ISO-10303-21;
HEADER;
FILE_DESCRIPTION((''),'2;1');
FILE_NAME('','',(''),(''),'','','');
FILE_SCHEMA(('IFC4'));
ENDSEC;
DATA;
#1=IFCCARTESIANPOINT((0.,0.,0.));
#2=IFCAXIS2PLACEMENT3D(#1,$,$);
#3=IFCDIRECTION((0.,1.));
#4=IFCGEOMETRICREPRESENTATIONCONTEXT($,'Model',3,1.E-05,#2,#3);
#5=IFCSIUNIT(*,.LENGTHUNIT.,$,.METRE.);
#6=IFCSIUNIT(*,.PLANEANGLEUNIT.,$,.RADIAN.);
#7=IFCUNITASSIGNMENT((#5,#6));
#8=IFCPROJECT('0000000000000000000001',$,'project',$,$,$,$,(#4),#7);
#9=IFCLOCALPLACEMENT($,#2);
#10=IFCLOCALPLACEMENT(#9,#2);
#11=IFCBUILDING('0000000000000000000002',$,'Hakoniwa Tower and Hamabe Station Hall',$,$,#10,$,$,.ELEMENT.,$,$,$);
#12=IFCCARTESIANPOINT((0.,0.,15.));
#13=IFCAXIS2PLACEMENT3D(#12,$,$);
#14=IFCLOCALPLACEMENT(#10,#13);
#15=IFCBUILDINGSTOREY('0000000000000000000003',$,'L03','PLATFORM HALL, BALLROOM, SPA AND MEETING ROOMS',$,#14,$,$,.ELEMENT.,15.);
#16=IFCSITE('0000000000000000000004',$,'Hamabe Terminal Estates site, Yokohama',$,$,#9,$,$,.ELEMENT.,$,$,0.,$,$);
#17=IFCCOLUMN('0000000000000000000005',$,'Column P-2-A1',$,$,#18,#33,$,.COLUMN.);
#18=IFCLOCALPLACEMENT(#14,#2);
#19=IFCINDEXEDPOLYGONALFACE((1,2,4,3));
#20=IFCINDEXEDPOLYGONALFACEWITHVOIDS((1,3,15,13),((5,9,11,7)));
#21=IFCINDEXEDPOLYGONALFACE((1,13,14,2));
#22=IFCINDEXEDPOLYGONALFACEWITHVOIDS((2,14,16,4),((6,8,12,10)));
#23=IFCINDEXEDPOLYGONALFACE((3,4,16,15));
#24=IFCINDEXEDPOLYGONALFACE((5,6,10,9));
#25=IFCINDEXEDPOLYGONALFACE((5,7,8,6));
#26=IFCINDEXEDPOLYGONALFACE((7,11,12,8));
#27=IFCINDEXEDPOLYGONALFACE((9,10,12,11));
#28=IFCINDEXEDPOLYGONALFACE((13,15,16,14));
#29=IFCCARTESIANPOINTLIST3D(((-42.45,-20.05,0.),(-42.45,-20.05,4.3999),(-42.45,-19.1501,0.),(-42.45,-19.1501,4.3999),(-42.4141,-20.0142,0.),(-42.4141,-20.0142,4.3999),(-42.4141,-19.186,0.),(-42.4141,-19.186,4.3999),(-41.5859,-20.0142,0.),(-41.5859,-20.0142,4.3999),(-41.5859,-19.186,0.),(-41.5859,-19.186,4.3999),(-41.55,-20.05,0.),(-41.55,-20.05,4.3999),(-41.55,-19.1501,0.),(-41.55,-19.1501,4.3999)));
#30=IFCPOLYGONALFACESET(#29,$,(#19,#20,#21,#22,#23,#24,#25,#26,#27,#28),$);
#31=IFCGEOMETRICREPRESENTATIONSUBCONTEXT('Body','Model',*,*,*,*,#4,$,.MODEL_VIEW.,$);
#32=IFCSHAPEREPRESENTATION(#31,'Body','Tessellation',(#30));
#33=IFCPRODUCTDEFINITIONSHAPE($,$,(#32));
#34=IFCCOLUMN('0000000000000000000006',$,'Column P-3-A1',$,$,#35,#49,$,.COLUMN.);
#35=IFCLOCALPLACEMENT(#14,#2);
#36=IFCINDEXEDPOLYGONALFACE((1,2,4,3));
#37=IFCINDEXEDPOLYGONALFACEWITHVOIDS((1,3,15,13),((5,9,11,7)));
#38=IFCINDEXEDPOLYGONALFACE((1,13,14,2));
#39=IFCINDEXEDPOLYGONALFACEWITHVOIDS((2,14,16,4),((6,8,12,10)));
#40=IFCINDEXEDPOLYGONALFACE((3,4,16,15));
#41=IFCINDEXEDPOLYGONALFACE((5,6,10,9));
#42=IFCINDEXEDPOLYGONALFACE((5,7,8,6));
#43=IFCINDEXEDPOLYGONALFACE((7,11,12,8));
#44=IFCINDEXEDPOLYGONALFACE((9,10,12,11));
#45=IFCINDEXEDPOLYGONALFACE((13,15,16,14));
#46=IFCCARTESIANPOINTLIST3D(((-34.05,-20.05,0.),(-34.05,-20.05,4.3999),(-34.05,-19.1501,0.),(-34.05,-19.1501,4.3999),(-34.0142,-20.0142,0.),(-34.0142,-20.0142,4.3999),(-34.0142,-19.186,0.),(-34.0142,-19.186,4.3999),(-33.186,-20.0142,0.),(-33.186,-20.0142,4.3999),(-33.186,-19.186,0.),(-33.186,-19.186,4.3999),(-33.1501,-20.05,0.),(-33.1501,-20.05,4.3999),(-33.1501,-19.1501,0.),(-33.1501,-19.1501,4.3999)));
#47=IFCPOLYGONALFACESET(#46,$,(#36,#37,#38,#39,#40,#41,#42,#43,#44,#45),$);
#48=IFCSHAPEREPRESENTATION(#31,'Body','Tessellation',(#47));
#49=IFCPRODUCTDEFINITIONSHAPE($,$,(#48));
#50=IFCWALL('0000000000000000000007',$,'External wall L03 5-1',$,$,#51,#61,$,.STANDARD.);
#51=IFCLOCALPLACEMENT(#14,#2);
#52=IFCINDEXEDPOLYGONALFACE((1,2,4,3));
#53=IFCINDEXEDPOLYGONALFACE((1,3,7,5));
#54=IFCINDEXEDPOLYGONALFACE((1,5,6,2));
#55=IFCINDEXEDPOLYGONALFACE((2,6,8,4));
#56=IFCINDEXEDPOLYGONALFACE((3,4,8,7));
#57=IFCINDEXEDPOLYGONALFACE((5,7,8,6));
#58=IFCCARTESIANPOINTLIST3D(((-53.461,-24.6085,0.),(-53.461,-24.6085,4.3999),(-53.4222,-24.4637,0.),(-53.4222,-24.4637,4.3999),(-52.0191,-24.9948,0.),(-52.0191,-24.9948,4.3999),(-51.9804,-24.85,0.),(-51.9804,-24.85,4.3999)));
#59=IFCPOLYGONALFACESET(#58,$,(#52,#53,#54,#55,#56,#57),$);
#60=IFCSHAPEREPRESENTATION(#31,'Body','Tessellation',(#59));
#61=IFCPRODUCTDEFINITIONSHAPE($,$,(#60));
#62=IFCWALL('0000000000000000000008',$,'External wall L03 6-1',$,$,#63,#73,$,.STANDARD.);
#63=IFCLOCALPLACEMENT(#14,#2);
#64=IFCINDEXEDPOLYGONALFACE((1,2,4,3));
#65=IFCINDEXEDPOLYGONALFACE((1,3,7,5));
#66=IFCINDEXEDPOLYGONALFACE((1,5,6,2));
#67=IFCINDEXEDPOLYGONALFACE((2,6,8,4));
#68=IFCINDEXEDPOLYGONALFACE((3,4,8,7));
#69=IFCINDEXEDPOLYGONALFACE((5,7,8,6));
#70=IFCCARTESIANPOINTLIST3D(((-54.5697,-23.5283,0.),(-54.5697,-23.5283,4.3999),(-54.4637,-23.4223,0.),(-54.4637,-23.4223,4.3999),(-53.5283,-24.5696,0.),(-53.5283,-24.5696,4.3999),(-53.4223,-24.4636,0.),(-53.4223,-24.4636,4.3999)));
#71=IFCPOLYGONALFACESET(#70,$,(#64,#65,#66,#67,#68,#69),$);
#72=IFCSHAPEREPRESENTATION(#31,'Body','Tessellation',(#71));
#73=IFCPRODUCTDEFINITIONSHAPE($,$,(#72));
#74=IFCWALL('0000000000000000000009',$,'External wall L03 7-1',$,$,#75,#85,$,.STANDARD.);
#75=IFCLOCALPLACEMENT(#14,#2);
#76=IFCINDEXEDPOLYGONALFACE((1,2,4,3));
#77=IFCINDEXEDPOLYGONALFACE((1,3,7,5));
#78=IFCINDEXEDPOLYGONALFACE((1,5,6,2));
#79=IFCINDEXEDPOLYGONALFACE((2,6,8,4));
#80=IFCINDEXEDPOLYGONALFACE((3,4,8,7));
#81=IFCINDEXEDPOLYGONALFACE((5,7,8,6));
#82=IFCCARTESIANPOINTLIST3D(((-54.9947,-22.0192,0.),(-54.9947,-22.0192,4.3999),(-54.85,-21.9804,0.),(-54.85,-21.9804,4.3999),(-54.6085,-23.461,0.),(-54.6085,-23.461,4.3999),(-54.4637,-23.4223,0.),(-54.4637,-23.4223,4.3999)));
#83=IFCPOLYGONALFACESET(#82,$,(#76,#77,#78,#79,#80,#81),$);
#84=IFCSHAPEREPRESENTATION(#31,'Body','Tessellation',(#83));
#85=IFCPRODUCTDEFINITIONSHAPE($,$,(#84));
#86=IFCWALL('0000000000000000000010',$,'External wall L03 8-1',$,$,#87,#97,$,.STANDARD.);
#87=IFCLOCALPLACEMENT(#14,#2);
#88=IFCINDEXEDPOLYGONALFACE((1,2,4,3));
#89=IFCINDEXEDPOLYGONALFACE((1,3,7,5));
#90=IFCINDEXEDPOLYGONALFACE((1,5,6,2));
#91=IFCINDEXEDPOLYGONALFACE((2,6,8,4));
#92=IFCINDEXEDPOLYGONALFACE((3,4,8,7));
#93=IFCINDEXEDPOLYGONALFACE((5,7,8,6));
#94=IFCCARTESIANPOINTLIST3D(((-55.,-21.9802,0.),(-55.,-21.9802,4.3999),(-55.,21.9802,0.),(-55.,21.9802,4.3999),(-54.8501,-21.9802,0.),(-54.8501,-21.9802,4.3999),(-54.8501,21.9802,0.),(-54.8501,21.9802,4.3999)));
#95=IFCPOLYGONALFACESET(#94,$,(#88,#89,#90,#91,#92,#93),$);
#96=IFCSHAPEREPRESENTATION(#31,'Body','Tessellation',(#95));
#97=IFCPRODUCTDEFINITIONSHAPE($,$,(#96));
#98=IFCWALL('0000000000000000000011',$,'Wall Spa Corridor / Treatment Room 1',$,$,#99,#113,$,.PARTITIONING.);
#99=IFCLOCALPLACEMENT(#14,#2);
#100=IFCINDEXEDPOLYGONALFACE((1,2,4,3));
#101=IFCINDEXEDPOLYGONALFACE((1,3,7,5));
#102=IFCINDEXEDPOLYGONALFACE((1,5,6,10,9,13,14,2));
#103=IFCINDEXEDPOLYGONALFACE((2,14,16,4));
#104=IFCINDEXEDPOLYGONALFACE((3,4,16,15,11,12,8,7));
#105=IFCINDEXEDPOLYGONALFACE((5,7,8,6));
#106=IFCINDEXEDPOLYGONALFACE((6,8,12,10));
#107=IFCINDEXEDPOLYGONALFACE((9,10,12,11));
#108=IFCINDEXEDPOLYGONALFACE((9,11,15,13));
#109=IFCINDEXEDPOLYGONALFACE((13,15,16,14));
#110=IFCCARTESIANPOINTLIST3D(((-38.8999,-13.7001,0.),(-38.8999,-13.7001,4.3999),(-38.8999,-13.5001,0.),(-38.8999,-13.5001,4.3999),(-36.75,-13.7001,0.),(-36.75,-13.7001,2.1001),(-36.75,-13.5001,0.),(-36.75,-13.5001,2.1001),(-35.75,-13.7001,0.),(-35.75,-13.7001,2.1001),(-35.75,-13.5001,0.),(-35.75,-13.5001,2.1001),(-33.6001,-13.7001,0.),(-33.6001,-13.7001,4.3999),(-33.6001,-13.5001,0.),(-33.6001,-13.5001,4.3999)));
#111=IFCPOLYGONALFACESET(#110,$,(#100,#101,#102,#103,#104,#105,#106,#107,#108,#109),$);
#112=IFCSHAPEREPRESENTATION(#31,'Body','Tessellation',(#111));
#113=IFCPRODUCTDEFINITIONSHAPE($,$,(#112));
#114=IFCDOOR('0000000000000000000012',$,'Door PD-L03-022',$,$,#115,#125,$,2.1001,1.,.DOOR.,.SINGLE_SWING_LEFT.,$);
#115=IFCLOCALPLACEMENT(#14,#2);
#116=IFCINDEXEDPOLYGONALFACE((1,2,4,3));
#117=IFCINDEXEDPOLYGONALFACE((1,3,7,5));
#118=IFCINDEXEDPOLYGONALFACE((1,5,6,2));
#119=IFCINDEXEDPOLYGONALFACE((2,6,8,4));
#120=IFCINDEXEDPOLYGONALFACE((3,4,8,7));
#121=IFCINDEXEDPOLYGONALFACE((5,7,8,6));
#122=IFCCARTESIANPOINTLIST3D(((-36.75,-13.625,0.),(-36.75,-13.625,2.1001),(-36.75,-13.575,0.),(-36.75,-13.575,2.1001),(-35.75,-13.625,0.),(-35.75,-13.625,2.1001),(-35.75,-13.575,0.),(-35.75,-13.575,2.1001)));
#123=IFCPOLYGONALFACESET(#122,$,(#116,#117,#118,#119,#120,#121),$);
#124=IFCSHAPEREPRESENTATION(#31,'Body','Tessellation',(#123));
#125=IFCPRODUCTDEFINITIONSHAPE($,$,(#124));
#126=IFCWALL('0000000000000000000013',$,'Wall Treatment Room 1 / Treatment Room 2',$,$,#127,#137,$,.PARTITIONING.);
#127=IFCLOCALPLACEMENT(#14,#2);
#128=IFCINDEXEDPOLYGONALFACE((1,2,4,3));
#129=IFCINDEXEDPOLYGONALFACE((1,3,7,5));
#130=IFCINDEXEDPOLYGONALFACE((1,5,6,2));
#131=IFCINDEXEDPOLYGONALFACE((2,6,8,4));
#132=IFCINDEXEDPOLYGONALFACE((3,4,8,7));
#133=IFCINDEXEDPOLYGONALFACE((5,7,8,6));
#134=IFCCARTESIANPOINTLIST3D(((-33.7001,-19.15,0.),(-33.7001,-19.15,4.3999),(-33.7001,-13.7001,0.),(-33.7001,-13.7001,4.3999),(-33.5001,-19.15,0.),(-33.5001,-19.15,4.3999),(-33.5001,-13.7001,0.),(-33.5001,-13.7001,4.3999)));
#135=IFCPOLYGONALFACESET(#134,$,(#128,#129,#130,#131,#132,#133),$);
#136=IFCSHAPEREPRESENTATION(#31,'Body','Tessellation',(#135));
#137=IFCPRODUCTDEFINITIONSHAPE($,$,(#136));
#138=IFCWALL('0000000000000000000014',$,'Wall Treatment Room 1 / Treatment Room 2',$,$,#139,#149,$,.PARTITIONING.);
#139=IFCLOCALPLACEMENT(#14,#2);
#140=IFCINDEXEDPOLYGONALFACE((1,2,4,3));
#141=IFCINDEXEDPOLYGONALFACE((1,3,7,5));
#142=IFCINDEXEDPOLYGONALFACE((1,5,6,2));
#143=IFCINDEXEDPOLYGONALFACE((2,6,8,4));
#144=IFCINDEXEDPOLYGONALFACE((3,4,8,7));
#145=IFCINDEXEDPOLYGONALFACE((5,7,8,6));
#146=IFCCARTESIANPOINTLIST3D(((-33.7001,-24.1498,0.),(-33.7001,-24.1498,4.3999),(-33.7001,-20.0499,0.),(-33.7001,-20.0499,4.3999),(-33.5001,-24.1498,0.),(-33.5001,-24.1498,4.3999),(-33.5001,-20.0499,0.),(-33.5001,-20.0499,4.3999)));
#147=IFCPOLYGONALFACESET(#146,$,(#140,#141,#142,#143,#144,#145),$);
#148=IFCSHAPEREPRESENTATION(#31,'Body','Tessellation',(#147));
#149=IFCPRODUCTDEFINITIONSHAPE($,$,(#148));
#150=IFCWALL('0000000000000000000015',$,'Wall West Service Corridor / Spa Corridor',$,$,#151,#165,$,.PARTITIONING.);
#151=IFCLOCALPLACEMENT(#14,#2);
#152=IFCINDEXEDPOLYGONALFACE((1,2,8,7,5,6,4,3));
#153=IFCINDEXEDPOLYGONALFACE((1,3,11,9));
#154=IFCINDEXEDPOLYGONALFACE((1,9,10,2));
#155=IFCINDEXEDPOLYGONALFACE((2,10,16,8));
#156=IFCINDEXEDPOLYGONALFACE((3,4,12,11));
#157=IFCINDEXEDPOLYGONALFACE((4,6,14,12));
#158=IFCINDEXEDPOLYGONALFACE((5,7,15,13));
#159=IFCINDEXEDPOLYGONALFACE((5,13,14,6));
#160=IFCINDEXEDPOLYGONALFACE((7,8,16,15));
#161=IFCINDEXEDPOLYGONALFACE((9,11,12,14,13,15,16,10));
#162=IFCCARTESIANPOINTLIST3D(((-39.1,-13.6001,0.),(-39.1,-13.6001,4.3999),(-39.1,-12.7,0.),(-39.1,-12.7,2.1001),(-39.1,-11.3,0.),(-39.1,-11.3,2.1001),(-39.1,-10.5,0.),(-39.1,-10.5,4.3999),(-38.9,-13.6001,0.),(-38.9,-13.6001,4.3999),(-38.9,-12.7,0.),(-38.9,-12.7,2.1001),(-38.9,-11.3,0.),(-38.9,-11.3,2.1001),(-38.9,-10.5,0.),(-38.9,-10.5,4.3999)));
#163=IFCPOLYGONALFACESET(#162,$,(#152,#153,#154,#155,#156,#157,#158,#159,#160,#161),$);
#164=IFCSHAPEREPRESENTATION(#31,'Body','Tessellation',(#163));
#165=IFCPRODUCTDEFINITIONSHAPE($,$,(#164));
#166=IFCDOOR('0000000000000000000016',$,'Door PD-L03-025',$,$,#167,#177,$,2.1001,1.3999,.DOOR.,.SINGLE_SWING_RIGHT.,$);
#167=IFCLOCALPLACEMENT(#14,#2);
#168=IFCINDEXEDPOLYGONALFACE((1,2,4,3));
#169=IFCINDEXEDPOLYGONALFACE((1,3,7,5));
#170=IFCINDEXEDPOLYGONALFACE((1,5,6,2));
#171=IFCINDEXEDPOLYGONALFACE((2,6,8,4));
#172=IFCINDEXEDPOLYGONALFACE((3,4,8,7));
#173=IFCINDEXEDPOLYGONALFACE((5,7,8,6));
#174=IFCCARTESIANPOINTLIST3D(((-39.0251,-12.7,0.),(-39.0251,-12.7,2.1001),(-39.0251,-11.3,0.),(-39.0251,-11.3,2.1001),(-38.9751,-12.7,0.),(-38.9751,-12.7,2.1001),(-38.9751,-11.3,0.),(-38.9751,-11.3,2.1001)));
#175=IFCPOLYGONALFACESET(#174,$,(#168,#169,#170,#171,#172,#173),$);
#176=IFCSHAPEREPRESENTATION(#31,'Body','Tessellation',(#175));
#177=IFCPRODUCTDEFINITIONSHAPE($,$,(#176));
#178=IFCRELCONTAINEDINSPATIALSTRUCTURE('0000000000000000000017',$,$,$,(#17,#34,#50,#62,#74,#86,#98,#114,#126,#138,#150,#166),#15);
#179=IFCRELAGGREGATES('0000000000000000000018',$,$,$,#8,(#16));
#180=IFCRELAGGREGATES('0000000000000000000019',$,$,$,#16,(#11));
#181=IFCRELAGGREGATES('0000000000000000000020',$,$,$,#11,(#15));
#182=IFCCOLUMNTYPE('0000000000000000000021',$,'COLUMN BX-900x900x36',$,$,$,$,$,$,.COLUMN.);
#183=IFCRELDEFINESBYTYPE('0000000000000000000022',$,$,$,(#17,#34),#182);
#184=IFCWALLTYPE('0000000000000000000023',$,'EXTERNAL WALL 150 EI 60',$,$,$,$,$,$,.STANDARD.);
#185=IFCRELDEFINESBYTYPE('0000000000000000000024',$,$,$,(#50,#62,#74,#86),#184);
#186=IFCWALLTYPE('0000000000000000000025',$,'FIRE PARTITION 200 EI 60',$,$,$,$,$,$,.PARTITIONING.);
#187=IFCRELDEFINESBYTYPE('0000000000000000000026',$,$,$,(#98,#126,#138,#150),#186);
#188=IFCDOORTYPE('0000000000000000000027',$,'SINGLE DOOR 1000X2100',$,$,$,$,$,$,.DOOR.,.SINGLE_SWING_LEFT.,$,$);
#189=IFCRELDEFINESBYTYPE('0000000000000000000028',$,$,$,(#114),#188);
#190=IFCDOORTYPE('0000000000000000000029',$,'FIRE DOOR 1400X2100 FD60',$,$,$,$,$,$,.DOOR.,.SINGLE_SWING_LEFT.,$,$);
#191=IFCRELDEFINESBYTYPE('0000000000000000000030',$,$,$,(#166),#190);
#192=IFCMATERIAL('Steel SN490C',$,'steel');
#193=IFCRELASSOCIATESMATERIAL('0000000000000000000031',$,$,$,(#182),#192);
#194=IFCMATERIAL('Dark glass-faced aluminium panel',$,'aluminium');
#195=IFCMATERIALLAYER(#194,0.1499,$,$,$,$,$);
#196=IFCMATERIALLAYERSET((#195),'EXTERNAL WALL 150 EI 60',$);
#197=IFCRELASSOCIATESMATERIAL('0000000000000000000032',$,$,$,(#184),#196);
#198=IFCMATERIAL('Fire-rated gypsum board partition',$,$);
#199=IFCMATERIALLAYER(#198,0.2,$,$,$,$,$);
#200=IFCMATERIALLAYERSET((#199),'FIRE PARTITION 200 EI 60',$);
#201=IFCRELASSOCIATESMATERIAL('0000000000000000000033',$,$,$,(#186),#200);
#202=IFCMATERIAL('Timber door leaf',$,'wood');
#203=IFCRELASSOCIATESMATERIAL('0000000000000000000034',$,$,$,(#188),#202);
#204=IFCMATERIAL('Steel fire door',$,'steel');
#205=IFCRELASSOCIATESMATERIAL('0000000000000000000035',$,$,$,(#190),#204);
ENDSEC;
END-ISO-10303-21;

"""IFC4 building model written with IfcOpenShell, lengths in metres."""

from ifc_helpers import new_model, si_unit, direction, frame, frame_2d, origin, origin_2d, place, context, subcontext, project, spatial, rectangle, hollow_rectangle, extrude, material, layer, layer_set, material_profile, profile_set, type_object, element, fill, save


model = new_model("IFC4")

# Units and contexts
model_context = context("Model", 3, precision=1e-05, world=origin(), true_north=direction((0.0, 1.0)))
body_context = subcontext(model_context, "Body", "Model", "MODEL_VIEW")
ifc_project = project(units=[si_unit("LENGTHUNIT", "METRE"), si_unit("PLANEANGLEUNIT", "RADIAN")], contexts=[model_context])

# Site, building, storey
site_placement = place(None, origin())
site = spatial("IfcSite", under=ifc_project, at=site_placement, Name="Hamabe Terminal Estates site, Yokohama", CompositionType="ELEMENT", RefElevation=0.0)
building_placement = place(site_placement, origin())
building = spatial("IfcBuilding", under=site, at=building_placement, Name="Hakoniwa Tower and Hamabe Station Hall", CompositionType="ELEMENT")
storey_placement = place(building_placement, frame((0.0, 0.0, 15.0)))
storey = spatial("IfcBuildingStorey", under=building, at=storey_placement, Name="L03", Description="PLATFORM HALL, BALLROOM, SPA AND MEETING ROOMS", CompositionType="ELEMENT", Elevation=15.0)

# Columns
ifc_material_1 = material(Name="Steel SN490C", Category="steel")
ifc_material_profile_1 = material_profile(ifc_material_1, hollow_rectangle(XDim=0.8999, YDim=0.8999, WallThickness=0.0359, at=origin_2d()), Name="BX-900x900x36")
ifc_profile_set_1 = profile_set([ifc_material_profile_1], Name="Steel SN490C")
column_type_1 = type_object("IfcColumnType", Name="COLUMN BX-900x900x36", PredefinedType="COLUMN", material=ifc_profile_set_1)
for number, where, z_axis, x_axis, name in (
    (1, (-42.0, -19.6001, 0.0), (0.0, 0.0, 1.0), (1.0, 0.0, 0.0), "Column P-2-A1"),
    (2, (-33.6001, -19.6001, 0.0), (0.0, 0.0, 1.0), (1.0, 0.0, 0.0), "Column P-3-A1"),
):
    element("IfcColumn", number, at=place(storey_placement, frame(where, z_axis=z_axis, x_axis=x_axis)), inside=storey, type_object=column_type_1, Name=name, PredefinedType="COLUMN", context=body_context, shape_type="SweptSolid", body=[
        extrude(hollow_rectangle(XDim=0.8999, YDim=0.8999, WallThickness=0.0359, at=origin_2d()), origin(), (0.0, 0.0, 1.0), 4.3999),
    ])

# Walls
ifc_material_2 = material(Name="Dark glass-faced aluminium panel", Category="aluminium")
ifc_layer_1 = layer(ifc_material_2, 0.1499)
ifc_layer_set_1 = layer_set([ifc_layer_1], Name="EXTERNAL WALL 150 EI 60")
wall_type_1 = type_object("IfcWallType", Name="EXTERNAL WALL 150 EI 60", PredefinedType="STANDARD", material=ifc_layer_set_1)
wall_1_placement = place(storey_placement, frame((-51.9998, -24.9224, 0.0), z_axis=(0.0, 0.0, 1.0), x_axis=(-0.965947, 0.258742, 0.0)))
element("IfcWall", 3, at=wall_1_placement, inside=storey, type_object=wall_type_1, Name="External wall L03 5-1", PredefinedType="STANDARD", context=body_context, shape_type="SweptSolid", body=[
    extrude(rectangle(XDim=1.4927, YDim=0.1499, at=frame_2d((0.7463, 0.0))), origin(), (0.0, 0.0, 1.0), 4.3999),
])
wall_2_placement = place(storey_placement, frame((-53.4753, -24.5166, 0.0), z_axis=(0.0, 0.0, 1.0), x_axis=(-0.707107, 0.707107, 0.0)))
element("IfcWall", 4, at=wall_2_placement, inside=storey, type_object=wall_type_1, Name="External wall L03 6-1", PredefinedType="STANDARD", context=body_context, shape_type="SweptSolid", body=[
    extrude(rectangle(XDim=1.4727, YDim=0.1499, at=frame_2d((0.7363, 0.0))), origin(), (0.0, 0.0, 1.0), 4.3999),
])
wall_3_placement = place(storey_placement, frame((-54.5361, -23.4417, 0.0), z_axis=(0.0, 0.0, 1.0), x_axis=(-0.258742, 0.965947, 0.0)))
element("IfcWall", 5, at=wall_3_placement, inside=storey, type_object=wall_type_1, Name="External wall L03 7-1", PredefinedType="STANDARD", context=body_context, shape_type="SweptSolid", body=[
    extrude(rectangle(XDim=1.4927, YDim=0.1499, at=frame_2d((0.7463, 0.0))), origin(), (0.0, 0.0, 1.0), 4.3999),
])
wall_4_placement = place(storey_placement, frame((-54.925, -21.9802, 0.0), z_axis=(0.0, 0.0, 1.0), x_axis=(0.0, 1.0, 0.0)))
element("IfcWall", 6, at=wall_4_placement, inside=storey, type_object=wall_type_1, Name="External wall L03 8-1", PredefinedType="STANDARD", context=body_context, shape_type="SweptSolid", body=[
    extrude(rectangle(XDim=43.9604, YDim=0.1499, at=frame_2d((21.9802, 0.0))), origin(), (0.0, 0.0, 1.0), 4.3999),
])

# Wall, opening, door
ifc_material_3 = material(Name="Fire-rated gypsum board partition")
ifc_layer_2 = layer(ifc_material_3, 0.2)
ifc_layer_set_2 = layer_set([ifc_layer_2], Name="FIRE PARTITION 200 EI 60")
wall_type_2 = type_object("IfcWallType", Name="FIRE PARTITION 200 EI 60", PredefinedType="PARTITIONING", material=ifc_layer_set_2)
wall_5_placement = place(storey_placement, frame((-33.6001, -13.6001, 0.0), z_axis=(0.0, 0.0, 1.0), x_axis=(-1.0, 0.0, 0.0)))
wall_5 = element("IfcWall", 7, at=wall_5_placement, inside=storey, type_object=wall_type_2, Name="Wall Spa Corridor / Treatment Room 1", PredefinedType="PARTITIONING", context=body_context, shape_type="SweptSolid", body=[
    extrude(rectangle(XDim=5.2998, YDim=0.2, at=frame_2d((2.6499, 0.0))), origin(), (0.0, 0.0, 1.0), 4.3999),
])
opening_1_placement = place(wall_5_placement, frame((2.1499, 0.0, 0.0)))
opening_1 = element("IfcOpeningElement", 8, at=opening_1_placement, cuts=wall_5, PredefinedType="OPENING", context=body_context, shape_type="SweptSolid", body=[
    extrude(rectangle(XDim=1.0, YDim=2.1001, at=frame_2d((0.5, 1.05))), frame((0.0, 0.1099, 0.0), z_axis=(0.0, -1.0, 0.0), x_axis=(1.0, 0.0, 0.0)), (0.0, 0.0, 1.0), 0.22),
])
ifc_material_4 = material(Name="Timber door leaf", Category="wood")
door_type_1 = type_object("IfcDoorType", Name="SINGLE DOOR 1000X2100", OperationType="SINGLE_SWING_LEFT", PredefinedType="DOOR", material=ifc_material_4)
door_1_placement = place(opening_1_placement, origin())
door_1 = element("IfcDoor", 9, at=door_1_placement, inside=storey, type_object=door_type_1, Name="Door PD-L03-022", OperationType="SINGLE_SWING_LEFT", OverallHeight=2.1001, OverallWidth=1.0, PredefinedType="DOOR", context=body_context, shape_type="SweptSolid", body=[
    extrude(rectangle(XDim=1.0, YDim=2.1001, at=frame_2d((0.5, 1.05))), frame((0.0, 0.0249, 0.0), z_axis=(0.0, -1.0, 0.0), x_axis=(1.0, 0.0, 0.0)), (0.0, 0.0, 1.0), 0.05),
])
fill(opening_1, door_1)

# Walls
wall_6_placement = place(storey_placement, frame((-33.6001, -13.7, 0.0), z_axis=(0.0, 0.0, 1.0), x_axis=(0.0, -1.0, 0.0)))
element("IfcWall", 10, at=wall_6_placement, inside=storey, type_object=wall_type_2, Name="Wall Treatment Room 1 / Treatment Room 2", PredefinedType="PARTITIONING", context=body_context, shape_type="SweptSolid", body=[
    extrude(rectangle(XDim=5.45, YDim=0.2, at=frame_2d((2.7251, 0.0))), origin(), (0.0, 0.0, 1.0), 4.3999),
])
wall_7_placement = place(storey_placement, frame((-33.6001, -20.05, 0.0), z_axis=(0.0, 0.0, 1.0), x_axis=(0.0, -1.0, 0.0)))
element("IfcWall", 11, at=wall_7_placement, inside=storey, type_object=wall_type_2, Name="Wall Treatment Room 1 / Treatment Room 2", PredefinedType="PARTITIONING", context=body_context, shape_type="SweptSolid", body=[
    extrude(rectangle(XDim=4.0999, YDim=0.2, at=frame_2d((2.0498, 0.0))), origin(), (0.0, 0.0, 1.0), 4.3999),
])

# Wall, opening, door
wall_8_placement = place(storey_placement, frame((-39.0, -10.5, 0.0), z_axis=(0.0, 0.0, 1.0), x_axis=(0.0, -1.0, 0.0)))
wall_8 = element("IfcWall", 12, at=wall_8_placement, inside=storey, type_object=wall_type_2, Name="Wall West Service Corridor / Spa Corridor", PredefinedType="PARTITIONING", context=body_context, shape_type="SweptSolid", body=[
    extrude(rectangle(XDim=3.1001, YDim=0.2, at=frame_2d((1.55, 0.0))), origin(), (0.0, 0.0, 1.0), 4.3999),
])
opening_2_placement = place(wall_8_placement, frame((0.8, 0.0, 0.0)))
opening_2 = element("IfcOpeningElement", 13, at=opening_2_placement, cuts=wall_8, PredefinedType="OPENING", context=body_context, shape_type="SweptSolid", body=[
    extrude(rectangle(XDim=1.3999, YDim=2.1001, at=frame_2d((0.7, 1.05))), frame((0.0, 0.1099, 0.0), z_axis=(0.0, -1.0, 0.0), x_axis=(1.0, 0.0, 0.0)), (0.0, 0.0, 1.0), 0.22),
])
ifc_material_5 = material(Name="Steel fire door", Category="steel")
door_type_2 = type_object("IfcDoorType", Name="FIRE DOOR 1400X2100 FD60", OperationType="SINGLE_SWING_LEFT", PredefinedType="DOOR", material=ifc_material_5)
door_2_placement = place(opening_2_placement, origin())
door_2 = element("IfcDoor", 14, at=door_2_placement, inside=storey, type_object=door_type_2, Name="Door PD-L03-025", OperationType="SINGLE_SWING_RIGHT", OverallHeight=2.1001, OverallWidth=1.3999, PredefinedType="DOOR", context=body_context, shape_type="SweptSolid", body=[
    extrude(rectangle(XDim=1.3999, YDim=2.1001, at=frame_2d((0.7, 1.05))), frame((0.0, 0.0249, 0.0), z_axis=(0.0, -1.0, 0.0), x_axis=(1.0, 0.0, 0.0)), (0.0, 0.0, 1.0), 0.05),
])
fill(opening_2, door_2)

save(model, "model.ifc")
